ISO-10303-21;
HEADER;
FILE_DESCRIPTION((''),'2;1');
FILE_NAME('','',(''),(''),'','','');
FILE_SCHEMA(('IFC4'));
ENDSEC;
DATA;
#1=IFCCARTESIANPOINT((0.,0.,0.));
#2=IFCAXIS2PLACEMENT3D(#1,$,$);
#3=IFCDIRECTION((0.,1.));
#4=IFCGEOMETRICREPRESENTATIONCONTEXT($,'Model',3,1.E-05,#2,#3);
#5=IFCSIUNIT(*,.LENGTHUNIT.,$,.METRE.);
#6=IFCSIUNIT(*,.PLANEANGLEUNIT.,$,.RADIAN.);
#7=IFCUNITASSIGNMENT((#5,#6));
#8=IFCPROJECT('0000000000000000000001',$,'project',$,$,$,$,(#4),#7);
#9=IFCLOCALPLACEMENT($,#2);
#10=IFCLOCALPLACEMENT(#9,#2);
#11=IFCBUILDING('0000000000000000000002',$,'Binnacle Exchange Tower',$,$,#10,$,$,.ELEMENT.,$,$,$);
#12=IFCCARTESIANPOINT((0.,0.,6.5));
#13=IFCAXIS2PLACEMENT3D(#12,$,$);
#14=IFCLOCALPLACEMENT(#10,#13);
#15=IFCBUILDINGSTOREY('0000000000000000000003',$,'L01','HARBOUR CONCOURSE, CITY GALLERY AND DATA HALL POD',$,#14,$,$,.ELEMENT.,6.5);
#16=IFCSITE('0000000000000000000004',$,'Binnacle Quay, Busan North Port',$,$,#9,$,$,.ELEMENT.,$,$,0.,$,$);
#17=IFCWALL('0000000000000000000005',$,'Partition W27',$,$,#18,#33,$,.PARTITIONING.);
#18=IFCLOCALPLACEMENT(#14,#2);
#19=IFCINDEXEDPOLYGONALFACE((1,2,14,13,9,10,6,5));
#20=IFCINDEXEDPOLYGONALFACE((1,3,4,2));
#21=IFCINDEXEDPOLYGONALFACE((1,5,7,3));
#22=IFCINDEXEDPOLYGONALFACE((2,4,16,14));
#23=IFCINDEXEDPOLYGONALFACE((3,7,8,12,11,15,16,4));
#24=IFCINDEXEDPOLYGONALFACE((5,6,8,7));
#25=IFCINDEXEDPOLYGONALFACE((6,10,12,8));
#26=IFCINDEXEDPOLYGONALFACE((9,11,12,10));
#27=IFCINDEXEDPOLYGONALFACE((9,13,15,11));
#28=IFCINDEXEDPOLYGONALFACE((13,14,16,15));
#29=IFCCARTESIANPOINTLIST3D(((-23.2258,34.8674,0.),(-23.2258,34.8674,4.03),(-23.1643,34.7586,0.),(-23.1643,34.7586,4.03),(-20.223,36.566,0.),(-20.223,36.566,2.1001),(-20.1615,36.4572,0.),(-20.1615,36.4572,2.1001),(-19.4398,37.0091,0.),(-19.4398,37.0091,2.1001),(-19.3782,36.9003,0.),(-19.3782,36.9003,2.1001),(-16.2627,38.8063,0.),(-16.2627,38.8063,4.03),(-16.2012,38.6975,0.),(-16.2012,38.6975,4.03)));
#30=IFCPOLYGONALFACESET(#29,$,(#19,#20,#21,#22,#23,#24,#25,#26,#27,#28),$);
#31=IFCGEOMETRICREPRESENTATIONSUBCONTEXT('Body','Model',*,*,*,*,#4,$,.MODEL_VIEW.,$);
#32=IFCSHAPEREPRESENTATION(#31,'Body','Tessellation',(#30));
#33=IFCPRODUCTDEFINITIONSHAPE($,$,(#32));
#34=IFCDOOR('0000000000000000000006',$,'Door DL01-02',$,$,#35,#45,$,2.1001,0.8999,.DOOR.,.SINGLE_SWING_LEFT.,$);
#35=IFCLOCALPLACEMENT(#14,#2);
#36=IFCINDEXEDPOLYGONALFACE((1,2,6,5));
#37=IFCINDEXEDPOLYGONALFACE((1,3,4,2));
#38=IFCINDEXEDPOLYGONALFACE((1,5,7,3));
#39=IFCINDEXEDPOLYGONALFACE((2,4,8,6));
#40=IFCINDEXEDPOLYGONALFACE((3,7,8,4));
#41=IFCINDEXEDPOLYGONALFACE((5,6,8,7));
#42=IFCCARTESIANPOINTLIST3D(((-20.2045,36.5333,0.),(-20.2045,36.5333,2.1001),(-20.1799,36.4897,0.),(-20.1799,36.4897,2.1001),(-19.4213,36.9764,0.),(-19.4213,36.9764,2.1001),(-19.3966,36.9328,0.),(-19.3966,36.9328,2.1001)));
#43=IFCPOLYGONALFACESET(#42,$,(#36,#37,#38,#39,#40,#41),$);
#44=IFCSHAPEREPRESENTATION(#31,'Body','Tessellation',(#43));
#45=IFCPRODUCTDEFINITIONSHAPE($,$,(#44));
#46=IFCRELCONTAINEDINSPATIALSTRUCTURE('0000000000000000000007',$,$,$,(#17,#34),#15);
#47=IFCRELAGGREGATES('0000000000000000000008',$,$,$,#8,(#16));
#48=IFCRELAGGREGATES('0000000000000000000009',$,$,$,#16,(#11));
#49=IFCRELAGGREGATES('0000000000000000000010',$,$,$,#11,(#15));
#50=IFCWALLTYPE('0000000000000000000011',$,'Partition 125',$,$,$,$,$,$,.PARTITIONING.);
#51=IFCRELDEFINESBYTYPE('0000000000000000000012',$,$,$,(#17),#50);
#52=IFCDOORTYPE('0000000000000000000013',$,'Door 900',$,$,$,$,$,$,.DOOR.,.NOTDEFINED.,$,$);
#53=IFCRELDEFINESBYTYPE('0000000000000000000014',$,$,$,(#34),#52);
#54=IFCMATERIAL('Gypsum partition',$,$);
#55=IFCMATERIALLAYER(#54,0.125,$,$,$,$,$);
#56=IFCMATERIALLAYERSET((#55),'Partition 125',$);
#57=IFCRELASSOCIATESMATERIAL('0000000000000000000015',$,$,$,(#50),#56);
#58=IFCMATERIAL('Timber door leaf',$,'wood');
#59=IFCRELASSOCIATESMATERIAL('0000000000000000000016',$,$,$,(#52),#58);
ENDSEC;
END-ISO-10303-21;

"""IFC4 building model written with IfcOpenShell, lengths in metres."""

from ifc_helpers import new_model, si_unit, direction, frame, frame_2d, origin, place, context, subcontext, project, spatial, rectangle, extrude, material, layer, layer_set, type_object, element, fill, save


model = new_model("IFC4")

# Units and contexts
model_context = context("Model", 3, precision=1e-05, world=origin(), true_north=direction((0.0, 1.0)))
body_context = subcontext(model_context, "Body", "Model", "MODEL_VIEW")
ifc_project = project(units=[si_unit("LENGTHUNIT", "METRE"), si_unit("PLANEANGLEUNIT", "RADIAN")], contexts=[model_context])

# Site, building, storey
site_placement = place(None, origin())
site = spatial("IfcSite", under=ifc_project, at=site_placement, Name="Binnacle Quay, Busan North Port", CompositionType="ELEMENT", RefElevation=0.0)
building_placement = place(site_placement, origin())
building = spatial("IfcBuilding", under=site, at=building_placement, Name="Binnacle Exchange Tower", CompositionType="ELEMENT")
storey_placement = place(building_placement, frame((0.0, 0.0, 6.5)))
storey = spatial("IfcBuildingStorey", under=building, at=storey_placement, Name="L01", Description="HARBOUR CONCOURSE, CITY GALLERY AND DATA HALL POD", CompositionType="ELEMENT", Elevation=6.5)

# Wall, opening, door
ifc_material_1 = material(Name="Gypsum partition")
ifc_layer_1 = layer(ifc_material_1, 0.125)
ifc_layer_set_1 = layer_set([ifc_layer_1], Name="Partition 125")
wall_type = type_object("IfcWallType", Name="Partition 125", PredefinedType="PARTITIONING", material=ifc_layer_set_1)
wall_placement = place(storey_placement, frame((-23.1951, 34.813, 0.0), z_axis=(0.0, 0.0, 1.0), x_axis=(0.870387, 0.492368, 0.0)))
wall = element("IfcWall", 1, at=wall_placement, inside=storey, type_object=wall_type, Name="Partition W27", PredefinedType="PARTITIONING", context=body_context, shape_type="SweptSolid", body=[
    extrude(rectangle(XDim=8.0, YDim=0.125, at=frame_2d((4.0, 0.0))), origin(), (0.0, 0.0, 1.0), 4.03),
])
opening_placement = place(wall_placement, frame((3.45, 0.0, 0.0)))
opening = element("IfcOpeningElement", 2, at=opening_placement, cuts=wall, PredefinedType="OPENING", context=body_context, shape_type="SweptSolid", body=[
    extrude(rectangle(XDim=0.8999, YDim=2.1001, at=frame_2d((0.45, 1.05))), frame((0.0, 0.0725, 0.0), z_axis=(0.0, -1.0, 0.0), x_axis=(1.0, 0.0, 0.0)), (0.0, 0.0, 1.0), 0.145),
])
ifc_material_2 = material(Name="Timber door leaf", Category="wood")
door_type = type_object("IfcDoorType", Name="Door 900", OperationType="NOTDEFINED", PredefinedType="DOOR", material=ifc_material_2)
door_placement = place(opening_placement, origin())
door = element("IfcDoor", 3, at=door_placement, inside=storey, type_object=door_type, Name="Door DL01-02", OperationType="SINGLE_SWING_LEFT", OverallHeight=2.1001, OverallWidth=0.8999, PredefinedType="DOOR", context=body_context, shape_type="SweptSolid", body=[
    extrude(rectangle(XDim=0.8999, YDim=2.1001, at=frame_2d((0.45, 1.05))), frame((0.0, 0.0249, 0.0), z_axis=(0.0, -1.0, 0.0), x_axis=(1.0, 0.0, 0.0)), (0.0, 0.0, 1.0), 0.05),
])
fill(opening, door)

save(model, "model.ifc")
